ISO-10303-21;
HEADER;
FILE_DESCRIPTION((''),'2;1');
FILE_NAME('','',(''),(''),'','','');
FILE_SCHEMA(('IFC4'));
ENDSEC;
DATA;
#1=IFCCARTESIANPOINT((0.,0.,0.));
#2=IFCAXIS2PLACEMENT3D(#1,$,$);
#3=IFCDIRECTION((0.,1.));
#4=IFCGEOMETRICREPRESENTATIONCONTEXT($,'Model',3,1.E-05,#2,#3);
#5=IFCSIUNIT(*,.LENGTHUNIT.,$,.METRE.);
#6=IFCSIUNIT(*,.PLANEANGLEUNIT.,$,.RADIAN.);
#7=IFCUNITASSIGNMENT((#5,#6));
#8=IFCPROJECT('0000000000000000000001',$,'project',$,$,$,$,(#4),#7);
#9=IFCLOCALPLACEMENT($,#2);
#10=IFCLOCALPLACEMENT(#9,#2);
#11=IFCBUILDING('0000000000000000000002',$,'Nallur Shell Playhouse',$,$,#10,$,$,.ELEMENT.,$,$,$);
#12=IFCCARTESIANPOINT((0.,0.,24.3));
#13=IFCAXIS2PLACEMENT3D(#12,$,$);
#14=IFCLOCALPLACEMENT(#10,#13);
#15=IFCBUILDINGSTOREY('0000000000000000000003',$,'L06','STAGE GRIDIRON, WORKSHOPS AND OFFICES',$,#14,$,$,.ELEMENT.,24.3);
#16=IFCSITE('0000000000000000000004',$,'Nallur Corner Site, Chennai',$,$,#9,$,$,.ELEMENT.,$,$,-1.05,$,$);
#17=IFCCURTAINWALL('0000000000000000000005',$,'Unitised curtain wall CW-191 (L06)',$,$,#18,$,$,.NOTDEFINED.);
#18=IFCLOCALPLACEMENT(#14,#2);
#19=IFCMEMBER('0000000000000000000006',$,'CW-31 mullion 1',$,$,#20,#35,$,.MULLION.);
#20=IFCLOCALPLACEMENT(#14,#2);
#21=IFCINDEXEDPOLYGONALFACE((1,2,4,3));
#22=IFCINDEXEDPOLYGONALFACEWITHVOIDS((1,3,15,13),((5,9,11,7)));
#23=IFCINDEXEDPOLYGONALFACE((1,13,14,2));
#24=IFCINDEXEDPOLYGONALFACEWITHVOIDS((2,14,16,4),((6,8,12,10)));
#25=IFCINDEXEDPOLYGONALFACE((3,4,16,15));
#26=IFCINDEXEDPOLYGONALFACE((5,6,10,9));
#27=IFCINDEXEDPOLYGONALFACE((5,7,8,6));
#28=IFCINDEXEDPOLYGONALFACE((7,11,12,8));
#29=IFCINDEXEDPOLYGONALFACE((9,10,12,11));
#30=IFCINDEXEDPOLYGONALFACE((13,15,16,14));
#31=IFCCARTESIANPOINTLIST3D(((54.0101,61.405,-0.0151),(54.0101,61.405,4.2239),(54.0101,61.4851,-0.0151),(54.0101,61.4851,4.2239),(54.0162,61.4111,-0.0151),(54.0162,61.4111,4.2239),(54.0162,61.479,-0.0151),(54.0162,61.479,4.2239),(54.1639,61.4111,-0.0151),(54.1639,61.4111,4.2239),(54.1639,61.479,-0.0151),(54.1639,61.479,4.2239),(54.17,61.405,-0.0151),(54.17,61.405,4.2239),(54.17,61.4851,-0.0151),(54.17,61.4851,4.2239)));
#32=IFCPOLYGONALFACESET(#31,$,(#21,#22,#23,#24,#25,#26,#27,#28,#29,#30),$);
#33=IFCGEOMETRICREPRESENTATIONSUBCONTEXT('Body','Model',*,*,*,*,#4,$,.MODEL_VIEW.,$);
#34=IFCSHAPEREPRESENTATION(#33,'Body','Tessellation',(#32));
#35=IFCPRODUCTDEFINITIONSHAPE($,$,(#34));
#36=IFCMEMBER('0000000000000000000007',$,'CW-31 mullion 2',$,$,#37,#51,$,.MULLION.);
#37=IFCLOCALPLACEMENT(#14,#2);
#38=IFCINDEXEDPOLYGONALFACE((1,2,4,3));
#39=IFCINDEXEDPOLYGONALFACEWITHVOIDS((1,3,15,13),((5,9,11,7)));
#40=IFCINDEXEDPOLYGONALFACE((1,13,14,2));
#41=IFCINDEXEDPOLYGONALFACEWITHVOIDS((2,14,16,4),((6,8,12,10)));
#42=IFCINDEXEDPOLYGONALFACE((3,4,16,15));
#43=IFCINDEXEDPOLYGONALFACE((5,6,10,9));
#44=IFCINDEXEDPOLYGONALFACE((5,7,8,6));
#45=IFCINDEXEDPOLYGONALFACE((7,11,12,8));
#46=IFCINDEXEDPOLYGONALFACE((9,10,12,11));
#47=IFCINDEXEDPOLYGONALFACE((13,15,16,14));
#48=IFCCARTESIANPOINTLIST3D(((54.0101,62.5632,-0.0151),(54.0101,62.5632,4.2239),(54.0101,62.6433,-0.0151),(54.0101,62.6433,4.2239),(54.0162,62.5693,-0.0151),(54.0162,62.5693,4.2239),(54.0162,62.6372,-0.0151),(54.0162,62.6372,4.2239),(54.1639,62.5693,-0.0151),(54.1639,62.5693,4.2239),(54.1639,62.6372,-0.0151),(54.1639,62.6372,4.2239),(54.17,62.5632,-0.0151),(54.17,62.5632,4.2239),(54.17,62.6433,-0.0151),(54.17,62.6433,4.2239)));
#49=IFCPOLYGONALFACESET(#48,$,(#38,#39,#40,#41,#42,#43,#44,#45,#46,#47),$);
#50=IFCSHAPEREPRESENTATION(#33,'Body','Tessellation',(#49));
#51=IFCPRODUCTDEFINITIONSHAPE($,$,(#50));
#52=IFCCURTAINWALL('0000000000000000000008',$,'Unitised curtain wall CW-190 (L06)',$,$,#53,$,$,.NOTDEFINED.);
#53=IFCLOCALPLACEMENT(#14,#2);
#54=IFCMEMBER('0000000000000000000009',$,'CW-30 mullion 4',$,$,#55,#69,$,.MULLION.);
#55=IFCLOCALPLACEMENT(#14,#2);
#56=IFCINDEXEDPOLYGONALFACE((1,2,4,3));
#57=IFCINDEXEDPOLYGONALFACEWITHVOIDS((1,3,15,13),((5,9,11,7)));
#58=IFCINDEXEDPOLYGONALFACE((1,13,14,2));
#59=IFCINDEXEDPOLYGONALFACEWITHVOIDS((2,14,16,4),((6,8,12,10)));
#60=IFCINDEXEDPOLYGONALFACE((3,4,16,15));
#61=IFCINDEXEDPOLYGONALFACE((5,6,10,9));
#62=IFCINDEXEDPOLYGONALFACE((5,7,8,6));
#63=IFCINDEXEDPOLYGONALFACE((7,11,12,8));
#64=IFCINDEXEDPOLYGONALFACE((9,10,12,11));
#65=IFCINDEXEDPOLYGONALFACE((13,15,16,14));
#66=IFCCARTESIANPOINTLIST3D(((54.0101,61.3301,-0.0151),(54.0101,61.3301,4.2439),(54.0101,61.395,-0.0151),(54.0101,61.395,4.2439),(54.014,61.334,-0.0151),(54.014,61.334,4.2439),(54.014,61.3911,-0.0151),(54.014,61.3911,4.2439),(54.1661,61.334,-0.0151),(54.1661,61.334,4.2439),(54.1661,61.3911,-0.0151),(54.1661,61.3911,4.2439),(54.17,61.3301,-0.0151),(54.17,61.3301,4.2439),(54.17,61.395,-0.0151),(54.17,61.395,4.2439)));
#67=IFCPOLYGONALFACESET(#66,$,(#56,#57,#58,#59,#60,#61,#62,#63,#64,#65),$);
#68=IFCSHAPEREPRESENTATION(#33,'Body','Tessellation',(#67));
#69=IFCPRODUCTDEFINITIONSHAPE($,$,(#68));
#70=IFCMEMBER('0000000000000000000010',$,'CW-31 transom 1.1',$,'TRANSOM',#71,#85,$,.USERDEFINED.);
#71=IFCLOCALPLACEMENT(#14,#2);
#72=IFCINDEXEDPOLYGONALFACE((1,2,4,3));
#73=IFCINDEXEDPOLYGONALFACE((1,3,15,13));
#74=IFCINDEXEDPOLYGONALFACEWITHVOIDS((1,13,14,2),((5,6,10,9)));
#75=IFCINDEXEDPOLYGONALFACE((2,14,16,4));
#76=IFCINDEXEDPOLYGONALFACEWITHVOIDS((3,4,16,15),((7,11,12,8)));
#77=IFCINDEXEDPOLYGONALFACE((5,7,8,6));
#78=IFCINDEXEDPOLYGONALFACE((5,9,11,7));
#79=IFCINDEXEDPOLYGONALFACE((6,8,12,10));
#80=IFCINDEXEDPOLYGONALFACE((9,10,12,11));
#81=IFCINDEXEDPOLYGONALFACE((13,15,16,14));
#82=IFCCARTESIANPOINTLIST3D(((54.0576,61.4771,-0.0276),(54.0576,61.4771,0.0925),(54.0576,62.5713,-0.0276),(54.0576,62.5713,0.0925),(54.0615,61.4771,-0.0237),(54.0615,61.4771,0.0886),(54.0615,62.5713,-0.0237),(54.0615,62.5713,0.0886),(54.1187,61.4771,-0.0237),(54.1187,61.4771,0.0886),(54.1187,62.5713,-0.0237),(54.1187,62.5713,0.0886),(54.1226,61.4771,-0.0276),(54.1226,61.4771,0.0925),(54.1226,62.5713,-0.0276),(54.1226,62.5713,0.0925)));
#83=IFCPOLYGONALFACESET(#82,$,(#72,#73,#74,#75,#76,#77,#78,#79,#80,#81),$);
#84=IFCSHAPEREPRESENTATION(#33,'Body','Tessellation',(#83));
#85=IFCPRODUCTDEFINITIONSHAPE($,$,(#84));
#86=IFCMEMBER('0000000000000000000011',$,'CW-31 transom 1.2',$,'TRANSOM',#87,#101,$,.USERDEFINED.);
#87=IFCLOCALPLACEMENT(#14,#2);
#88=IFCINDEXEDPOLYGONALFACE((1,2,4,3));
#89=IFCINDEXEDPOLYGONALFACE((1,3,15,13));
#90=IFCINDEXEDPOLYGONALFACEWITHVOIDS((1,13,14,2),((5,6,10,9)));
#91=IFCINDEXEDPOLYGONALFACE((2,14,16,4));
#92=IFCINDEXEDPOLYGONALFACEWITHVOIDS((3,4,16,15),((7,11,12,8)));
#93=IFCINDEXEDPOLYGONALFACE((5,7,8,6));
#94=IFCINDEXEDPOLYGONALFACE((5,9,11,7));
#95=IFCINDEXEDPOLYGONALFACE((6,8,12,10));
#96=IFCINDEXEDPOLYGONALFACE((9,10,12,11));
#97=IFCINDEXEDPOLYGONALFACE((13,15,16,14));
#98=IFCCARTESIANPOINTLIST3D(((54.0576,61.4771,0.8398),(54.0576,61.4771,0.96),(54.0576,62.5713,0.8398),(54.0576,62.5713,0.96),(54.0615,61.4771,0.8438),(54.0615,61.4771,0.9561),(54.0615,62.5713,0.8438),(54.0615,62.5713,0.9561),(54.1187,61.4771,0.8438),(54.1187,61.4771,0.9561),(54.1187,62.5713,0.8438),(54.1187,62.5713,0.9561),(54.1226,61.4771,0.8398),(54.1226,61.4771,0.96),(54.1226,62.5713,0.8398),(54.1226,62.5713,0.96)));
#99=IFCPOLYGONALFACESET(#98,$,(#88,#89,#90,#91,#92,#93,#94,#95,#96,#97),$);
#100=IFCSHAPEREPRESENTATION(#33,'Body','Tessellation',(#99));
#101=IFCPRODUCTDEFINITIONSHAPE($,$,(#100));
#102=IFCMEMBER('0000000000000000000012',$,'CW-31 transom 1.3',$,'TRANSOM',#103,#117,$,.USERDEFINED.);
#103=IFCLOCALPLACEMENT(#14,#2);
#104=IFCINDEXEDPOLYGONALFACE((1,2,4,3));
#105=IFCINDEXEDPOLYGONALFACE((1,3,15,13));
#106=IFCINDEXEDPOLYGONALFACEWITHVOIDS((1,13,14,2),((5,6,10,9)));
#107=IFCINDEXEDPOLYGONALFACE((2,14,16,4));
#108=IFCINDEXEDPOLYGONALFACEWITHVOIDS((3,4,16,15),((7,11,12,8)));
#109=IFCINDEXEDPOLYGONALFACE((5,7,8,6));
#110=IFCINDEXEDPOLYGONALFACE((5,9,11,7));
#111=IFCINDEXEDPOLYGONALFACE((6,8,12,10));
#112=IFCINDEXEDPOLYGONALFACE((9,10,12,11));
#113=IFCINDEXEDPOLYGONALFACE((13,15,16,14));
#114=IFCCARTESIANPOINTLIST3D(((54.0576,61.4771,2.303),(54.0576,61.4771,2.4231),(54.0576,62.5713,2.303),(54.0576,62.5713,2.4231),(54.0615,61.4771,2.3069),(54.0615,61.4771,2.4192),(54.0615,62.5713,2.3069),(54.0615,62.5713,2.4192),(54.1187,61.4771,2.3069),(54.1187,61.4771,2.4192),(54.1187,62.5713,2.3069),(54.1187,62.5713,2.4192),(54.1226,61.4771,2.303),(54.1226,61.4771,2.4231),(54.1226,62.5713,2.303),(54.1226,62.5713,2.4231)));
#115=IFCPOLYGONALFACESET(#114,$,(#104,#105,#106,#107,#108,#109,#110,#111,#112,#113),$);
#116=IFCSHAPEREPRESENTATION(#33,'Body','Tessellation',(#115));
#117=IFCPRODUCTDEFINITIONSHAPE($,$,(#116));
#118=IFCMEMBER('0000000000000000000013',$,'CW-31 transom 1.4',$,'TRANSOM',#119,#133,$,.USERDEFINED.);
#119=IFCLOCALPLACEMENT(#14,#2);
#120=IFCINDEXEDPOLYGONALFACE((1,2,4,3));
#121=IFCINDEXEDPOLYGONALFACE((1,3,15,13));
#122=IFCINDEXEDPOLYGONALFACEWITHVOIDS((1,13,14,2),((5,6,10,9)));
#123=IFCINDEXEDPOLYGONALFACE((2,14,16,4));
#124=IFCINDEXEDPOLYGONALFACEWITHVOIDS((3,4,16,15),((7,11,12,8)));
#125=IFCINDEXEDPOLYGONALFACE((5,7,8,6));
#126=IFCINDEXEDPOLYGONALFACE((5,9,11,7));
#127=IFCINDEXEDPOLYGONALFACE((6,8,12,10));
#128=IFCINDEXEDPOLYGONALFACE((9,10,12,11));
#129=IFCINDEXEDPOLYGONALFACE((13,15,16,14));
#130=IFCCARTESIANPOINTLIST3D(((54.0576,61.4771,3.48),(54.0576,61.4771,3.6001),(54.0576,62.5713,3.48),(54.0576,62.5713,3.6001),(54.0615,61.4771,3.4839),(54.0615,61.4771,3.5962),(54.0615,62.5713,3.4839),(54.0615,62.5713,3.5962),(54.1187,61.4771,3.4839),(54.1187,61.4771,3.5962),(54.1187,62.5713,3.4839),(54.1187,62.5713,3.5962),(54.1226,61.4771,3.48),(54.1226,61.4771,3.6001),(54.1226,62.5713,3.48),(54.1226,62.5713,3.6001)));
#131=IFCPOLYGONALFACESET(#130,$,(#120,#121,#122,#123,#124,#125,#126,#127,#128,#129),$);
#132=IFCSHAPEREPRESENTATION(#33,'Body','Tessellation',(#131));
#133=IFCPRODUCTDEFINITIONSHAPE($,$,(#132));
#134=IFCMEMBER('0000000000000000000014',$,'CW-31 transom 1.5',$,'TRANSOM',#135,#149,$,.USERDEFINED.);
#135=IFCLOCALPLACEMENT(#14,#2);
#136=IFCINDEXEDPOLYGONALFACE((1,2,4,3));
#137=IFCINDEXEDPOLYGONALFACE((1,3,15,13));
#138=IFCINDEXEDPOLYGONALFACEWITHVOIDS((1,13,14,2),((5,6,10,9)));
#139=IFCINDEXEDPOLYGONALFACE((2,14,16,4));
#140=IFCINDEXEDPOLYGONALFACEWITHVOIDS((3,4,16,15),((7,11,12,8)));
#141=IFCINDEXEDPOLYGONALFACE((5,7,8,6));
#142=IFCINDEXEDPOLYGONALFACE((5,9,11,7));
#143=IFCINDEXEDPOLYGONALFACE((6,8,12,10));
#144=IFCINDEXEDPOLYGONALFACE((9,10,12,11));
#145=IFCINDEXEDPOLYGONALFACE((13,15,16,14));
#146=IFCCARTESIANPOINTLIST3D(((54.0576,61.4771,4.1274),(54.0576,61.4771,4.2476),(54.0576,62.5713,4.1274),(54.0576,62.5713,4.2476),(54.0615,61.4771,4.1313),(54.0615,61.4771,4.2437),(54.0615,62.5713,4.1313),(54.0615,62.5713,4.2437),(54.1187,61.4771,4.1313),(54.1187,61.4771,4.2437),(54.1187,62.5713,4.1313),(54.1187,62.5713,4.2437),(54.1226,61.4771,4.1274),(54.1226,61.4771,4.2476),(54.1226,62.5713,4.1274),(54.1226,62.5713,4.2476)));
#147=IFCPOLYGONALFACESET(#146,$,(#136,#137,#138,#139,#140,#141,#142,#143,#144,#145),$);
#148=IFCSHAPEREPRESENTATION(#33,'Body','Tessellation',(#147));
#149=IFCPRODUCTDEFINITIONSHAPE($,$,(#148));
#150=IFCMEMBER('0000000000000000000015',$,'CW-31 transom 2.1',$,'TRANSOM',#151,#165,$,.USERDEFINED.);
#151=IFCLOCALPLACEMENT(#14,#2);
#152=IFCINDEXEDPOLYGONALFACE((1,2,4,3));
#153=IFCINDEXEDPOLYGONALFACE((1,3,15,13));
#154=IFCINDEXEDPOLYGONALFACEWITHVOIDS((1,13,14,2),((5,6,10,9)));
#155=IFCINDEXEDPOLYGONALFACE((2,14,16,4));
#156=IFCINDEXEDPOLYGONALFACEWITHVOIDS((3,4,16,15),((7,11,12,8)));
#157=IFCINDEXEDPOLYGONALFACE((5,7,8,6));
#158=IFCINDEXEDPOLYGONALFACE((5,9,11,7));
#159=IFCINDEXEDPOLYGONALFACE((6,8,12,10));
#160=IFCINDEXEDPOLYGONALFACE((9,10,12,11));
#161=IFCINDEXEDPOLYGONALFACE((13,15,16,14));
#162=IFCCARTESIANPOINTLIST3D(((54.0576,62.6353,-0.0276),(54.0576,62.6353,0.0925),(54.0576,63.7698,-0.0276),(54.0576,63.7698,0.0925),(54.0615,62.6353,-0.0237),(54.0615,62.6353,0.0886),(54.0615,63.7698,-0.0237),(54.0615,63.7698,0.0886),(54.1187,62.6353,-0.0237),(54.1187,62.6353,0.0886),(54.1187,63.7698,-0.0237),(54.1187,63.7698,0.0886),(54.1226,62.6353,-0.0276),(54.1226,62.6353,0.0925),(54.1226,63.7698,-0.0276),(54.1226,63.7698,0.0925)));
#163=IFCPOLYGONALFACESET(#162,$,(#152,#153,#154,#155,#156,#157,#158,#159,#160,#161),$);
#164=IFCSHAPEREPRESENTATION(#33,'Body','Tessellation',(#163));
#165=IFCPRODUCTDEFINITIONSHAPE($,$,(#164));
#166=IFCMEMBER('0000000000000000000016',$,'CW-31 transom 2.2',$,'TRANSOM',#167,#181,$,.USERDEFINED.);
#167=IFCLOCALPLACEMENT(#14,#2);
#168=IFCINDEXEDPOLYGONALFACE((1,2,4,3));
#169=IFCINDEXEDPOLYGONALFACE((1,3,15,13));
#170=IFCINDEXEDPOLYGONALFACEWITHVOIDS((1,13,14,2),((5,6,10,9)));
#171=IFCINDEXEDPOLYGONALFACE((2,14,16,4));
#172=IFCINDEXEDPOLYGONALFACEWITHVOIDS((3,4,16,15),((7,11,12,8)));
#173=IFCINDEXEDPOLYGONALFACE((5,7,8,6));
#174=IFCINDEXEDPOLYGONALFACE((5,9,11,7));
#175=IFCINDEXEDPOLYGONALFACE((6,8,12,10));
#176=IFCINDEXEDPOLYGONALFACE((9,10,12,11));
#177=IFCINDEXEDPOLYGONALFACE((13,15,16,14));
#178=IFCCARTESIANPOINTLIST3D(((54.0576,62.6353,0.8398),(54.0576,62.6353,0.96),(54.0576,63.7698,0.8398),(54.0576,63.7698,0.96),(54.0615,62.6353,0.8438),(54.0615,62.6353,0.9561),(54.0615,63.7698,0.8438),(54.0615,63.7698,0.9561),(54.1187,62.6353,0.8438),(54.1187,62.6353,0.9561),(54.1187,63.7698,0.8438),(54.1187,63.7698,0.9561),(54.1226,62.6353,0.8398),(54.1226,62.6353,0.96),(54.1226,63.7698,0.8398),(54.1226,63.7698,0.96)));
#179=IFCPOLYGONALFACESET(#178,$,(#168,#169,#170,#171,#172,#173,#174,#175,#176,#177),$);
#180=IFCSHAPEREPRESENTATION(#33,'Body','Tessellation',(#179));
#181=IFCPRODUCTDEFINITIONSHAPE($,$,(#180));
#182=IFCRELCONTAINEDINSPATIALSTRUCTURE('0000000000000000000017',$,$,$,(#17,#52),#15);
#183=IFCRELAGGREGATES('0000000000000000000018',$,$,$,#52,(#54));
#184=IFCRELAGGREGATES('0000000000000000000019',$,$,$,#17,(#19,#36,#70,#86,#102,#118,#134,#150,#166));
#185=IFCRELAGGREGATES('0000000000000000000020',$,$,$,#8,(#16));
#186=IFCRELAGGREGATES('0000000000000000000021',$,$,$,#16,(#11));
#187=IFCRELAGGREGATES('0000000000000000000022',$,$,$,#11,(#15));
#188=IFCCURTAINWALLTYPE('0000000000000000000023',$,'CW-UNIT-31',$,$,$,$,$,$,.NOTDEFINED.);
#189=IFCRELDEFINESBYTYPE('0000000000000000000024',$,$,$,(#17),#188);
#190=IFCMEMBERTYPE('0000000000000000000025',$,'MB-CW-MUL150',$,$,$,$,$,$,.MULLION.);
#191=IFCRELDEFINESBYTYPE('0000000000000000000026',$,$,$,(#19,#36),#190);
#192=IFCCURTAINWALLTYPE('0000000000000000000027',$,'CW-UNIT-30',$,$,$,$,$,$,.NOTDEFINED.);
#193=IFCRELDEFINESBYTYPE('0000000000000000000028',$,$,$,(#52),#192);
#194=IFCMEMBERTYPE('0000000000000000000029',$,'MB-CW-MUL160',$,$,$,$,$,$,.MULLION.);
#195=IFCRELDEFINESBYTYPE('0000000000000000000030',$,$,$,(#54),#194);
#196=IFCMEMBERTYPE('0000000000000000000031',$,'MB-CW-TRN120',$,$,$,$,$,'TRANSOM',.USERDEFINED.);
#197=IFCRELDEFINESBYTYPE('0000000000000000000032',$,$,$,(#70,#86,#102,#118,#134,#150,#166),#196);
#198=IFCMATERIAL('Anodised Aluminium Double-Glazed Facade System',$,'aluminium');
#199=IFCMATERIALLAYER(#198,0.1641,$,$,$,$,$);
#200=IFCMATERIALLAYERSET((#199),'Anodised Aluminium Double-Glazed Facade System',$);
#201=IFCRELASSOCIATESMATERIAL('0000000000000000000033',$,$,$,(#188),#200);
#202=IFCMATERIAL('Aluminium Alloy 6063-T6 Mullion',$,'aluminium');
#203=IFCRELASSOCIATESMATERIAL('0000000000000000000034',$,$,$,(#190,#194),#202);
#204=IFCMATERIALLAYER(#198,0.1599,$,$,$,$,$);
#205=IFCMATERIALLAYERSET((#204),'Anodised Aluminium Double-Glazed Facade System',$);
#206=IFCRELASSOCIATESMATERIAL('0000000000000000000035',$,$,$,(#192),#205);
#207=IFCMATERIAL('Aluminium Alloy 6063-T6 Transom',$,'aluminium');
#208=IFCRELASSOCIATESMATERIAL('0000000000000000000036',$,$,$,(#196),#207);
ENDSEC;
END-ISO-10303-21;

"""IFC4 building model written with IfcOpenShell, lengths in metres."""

from ifc_helpers import new_model, si_unit, direction, frame, origin, origin_2d, place, context, subcontext, project, spatial, hollow_rectangle, extrude, material, layer, layer_set, material_profile, profile_set, type_object, element, aggregate, save


model = new_model("IFC4")

# Units and contexts
model_context = context("Model", 3, precision=1e-05, world=origin(), true_north=direction((0.0, 1.0)))
body_context = subcontext(model_context, "Body", "Model", "MODEL_VIEW")
ifc_project = project(units=[si_unit("LENGTHUNIT", "METRE"), si_unit("PLANEANGLEUNIT", "RADIAN")], contexts=[model_context])

# Site, building, storey
site_placement = place(None, origin())
site = spatial("IfcSite", under=ifc_project, at=site_placement, Name="Nallur Corner Site, Chennai", CompositionType="ELEMENT", RefElevation=-1.05)
building_placement = place(site_placement, origin())
building = spatial("IfcBuilding", under=site, at=building_placement, Name="Nallur Shell Playhouse", CompositionType="ELEMENT")
storey_placement = place(building_placement, frame((0.0, 0.0, 24.3)))
storey = spatial("IfcBuildingStorey", under=building, at=storey_placement, Name="L06", Description="STAGE GRIDIRON, WORKSHOPS AND OFFICES", CompositionType="ELEMENT", Elevation=24.3)

# Curtain wall, members
ifc_material_1 = material(Name="Anodised Aluminium Double-Glazed Facade System", Category="aluminium")
ifc_layer_1 = layer(ifc_material_1, 0.1641)
ifc_layer_set_1 = layer_set([ifc_layer_1], Name="Anodised Aluminium Double-Glazed Facade System")
curtain_wall_type_1 = type_object("IfcCurtainWallType", Name="CW-UNIT-31", PredefinedType="NOTDEFINED", material=ifc_layer_set_1)
curtain_wall_1_placement = place(storey_placement, origin())
curtain_wall_1 = element("IfcCurtainWall", 1, at=curtain_wall_1_placement, inside=storey, type_object=curtain_wall_type_1, Name="Unitised curtain wall CW-191 (L06)", PredefinedType="NOTDEFINED")
ifc_material_2 = material(Name="Aluminium Alloy 6063-T6 Mullion", Category="aluminium")
ifc_material_profile_1 = material_profile(ifc_material_2, hollow_rectangle(XDim=0.0801, YDim=0.1599, WallThickness=0.0061, at=origin_2d()), Name="RHS 160x80x6")
ifc_profile_set_1 = profile_set([ifc_material_profile_1], Name="Aluminium Alloy 6063-T6 Mullion")
member_type_1 = type_object("IfcMemberType", Name="MB-CW-MUL150", PredefinedType="MULLION", material=ifc_profile_set_1)
member_1_placement = place(storey_placement, frame((54.0901, 61.4451, -0.0151), z_axis=(0.0, 0.0, 1.0), x_axis=(0.0, 1.0, 0.0)))
member_1 = element("IfcMember", 2, at=member_1_placement, type_object=member_type_1, Name="CW-31 mullion 1", PredefinedType="MULLION", context=body_context, shape_type="SweptSolid", body=[
    extrude(hollow_rectangle(XDim=0.0801, YDim=0.1599, WallThickness=0.0061, at=origin_2d()), origin(), (0.0, 0.0, 1.0), 4.239),
])
member_2_placement = place(storey_placement, frame((54.0901, 62.6033, -0.0151), z_axis=(0.0, 0.0, 1.0), x_axis=(0.0, 1.0, 0.0)))
member_2 = element("IfcMember", 3, at=member_2_placement, type_object=member_type_1, Name="CW-31 mullion 2", PredefinedType="MULLION", context=body_context, shape_type="SweptSolid", body=[
    extrude(hollow_rectangle(XDim=0.0801, YDim=0.1599, WallThickness=0.0061, at=origin_2d()), origin(), (0.0, 0.0, 1.0), 4.239),
])

# Curtain wall, member
ifc_layer_2 = layer(ifc_material_1, 0.1599)
ifc_layer_set_2 = layer_set([ifc_layer_2], Name="Anodised Aluminium Double-Glazed Facade System")
curtain_wall_type_2 = type_object("IfcCurtainWallType", Name="CW-UNIT-30", PredefinedType="NOTDEFINED", material=ifc_layer_set_2)
curtain_wall_2_placement = place(storey_placement, origin())
curtain_wall_2 = element("IfcCurtainWall", 4, at=curtain_wall_2_placement, inside=storey, type_object=curtain_wall_type_2, Name="Unitised curtain wall CW-190 (L06)", PredefinedType="NOTDEFINED")
ifc_material_profile_2 = material_profile(ifc_material_2, hollow_rectangle(XDim=0.0649, YDim=0.1599, WallThickness=0.0039, at=origin_2d()), Name="ALU 65x160x4")
ifc_profile_set_2 = profile_set([ifc_material_profile_2], Name="Aluminium Alloy 6063-T6 Mullion")
member_type_2 = type_object("IfcMemberType", Name="MB-CW-MUL160", PredefinedType="MULLION", material=ifc_profile_set_2)
member_3_placement = place(storey_placement, frame((54.0901, 61.3625, -0.0151), z_axis=(0.0, 0.0, 1.0), x_axis=(0.0, 1.0, 0.0)))
member_3 = element("IfcMember", 5, at=member_3_placement, type_object=member_type_2, Name="CW-30 mullion 4", PredefinedType="MULLION", context=body_context, shape_type="SweptSolid", body=[
    extrude(hollow_rectangle(XDim=0.0649, YDim=0.1599, WallThickness=0.0039, at=origin_2d()), origin(), (0.0, 0.0, 1.0), 4.259),
])

# Members
ifc_material_3 = material(Name="Aluminium Alloy 6063-T6 Transom", Category="aluminium")
ifc_material_profile_3 = material_profile(ifc_material_3, hollow_rectangle(XDim=0.0649, YDim=0.1201, WallThickness=0.0039, at=origin_2d()), Name="ALU 65x120x4")
ifc_profile_set_3 = profile_set([ifc_material_profile_3], Name="Aluminium Alloy 6063-T6 Transom")
member_type_3 = type_object("IfcMemberType", Name="MB-CW-TRN120", ElementType="TRANSOM", PredefinedType="USERDEFINED", material=ifc_profile_set_3)
member_4_placement = place(storey_placement, frame((54.0901, 61.4771, 0.0325), z_axis=(0.0, 1.0, 0.0), x_axis=(-1.0, 0.0, 0.0)))
member_4 = element("IfcMember", 6, at=member_4_placement, type_object=member_type_3, Name="CW-31 transom 1.1", ObjectType="TRANSOM", PredefinedType="USERDEFINED", context=body_context, shape_type="SweptSolid", body=[
    extrude(hollow_rectangle(XDim=0.0649, YDim=0.1201, WallThickness=0.0039, at=origin_2d()), origin(), (0.0, 0.0, 1.0), 1.0942),
])
member_5_placement = place(storey_placement, frame((54.0901, 61.4771, 0.8999), z_axis=(0.0, 1.0, 0.0), x_axis=(-1.0, 0.0, 0.0)))
member_5 = element("IfcMember", 7, at=member_5_placement, type_object=member_type_3, Name="CW-31 transom 1.2", ObjectType="TRANSOM", PredefinedType="USERDEFINED", context=body_context, shape_type="SweptSolid", body=[
    extrude(hollow_rectangle(XDim=0.0649, YDim=0.1201, WallThickness=0.0039, at=origin_2d()), origin(), (0.0, 0.0, 1.0), 1.0942),
])
member_6_placement = place(storey_placement, frame((54.0901, 61.4771, 2.363), z_axis=(0.0, 1.0, 0.0), x_axis=(-1.0, 0.0, 0.0)))
member_6 = element("IfcMember", 8, at=member_6_placement, type_object=member_type_3, Name="CW-31 transom 1.3", ObjectType="TRANSOM", PredefinedType="USERDEFINED", context=body_context, shape_type="SweptSolid", body=[
    extrude(hollow_rectangle(XDim=0.0649, YDim=0.1201, WallThickness=0.0039, at=origin_2d()), origin(), (0.0, 0.0, 1.0), 1.0942),
])
member_7_placement = place(storey_placement, frame((54.0901, 61.4771, 3.54), z_axis=(0.0, 1.0, 0.0), x_axis=(-1.0, 0.0, 0.0)))
member_7 = element("IfcMember", 9, at=member_7_placement, type_object=member_type_3, Name="CW-31 transom 1.4", ObjectType="TRANSOM", PredefinedType="USERDEFINED", context=body_context, shape_type="SweptSolid", body=[
    extrude(hollow_rectangle(XDim=0.0649, YDim=0.1201, WallThickness=0.0039, at=origin_2d()), origin(), (0.0, 0.0, 1.0), 1.0942),
])
member_8_placement = place(storey_placement, frame((54.0901, 61.4771, 4.1875), z_axis=(0.0, 1.0, 0.0), x_axis=(-1.0, 0.0, 0.0)))
member_8 = element("IfcMember", 10, at=member_8_placement, type_object=member_type_3, Name="CW-31 transom 1.5", ObjectType="TRANSOM", PredefinedType="USERDEFINED", context=body_context, shape_type="SweptSolid", body=[
    extrude(hollow_rectangle(XDim=0.0649, YDim=0.1201, WallThickness=0.0039, at=origin_2d()), origin(), (0.0, 0.0, 1.0), 1.0942),
])
member_9_placement = place(storey_placement, frame((54.0901, 62.6353, 0.0325), z_axis=(0.0, 1.0, 0.0), x_axis=(-1.0, 0.0, 0.0)))
member_9 = element("IfcMember", 11, at=member_9_placement, type_object=member_type_3, Name="CW-31 transom 2.1", ObjectType="TRANSOM", PredefinedType="USERDEFINED", context=body_context, shape_type="SweptSolid", body=[
    extrude(hollow_rectangle(XDim=0.0649, YDim=0.1201, WallThickness=0.0039, at=origin_2d()), origin(), (0.0, 0.0, 1.0), 1.1345),
])
member_10_placement = place(storey_placement, frame((54.0901, 62.6353, 0.8999), z_axis=(0.0, 1.0, 0.0), x_axis=(-1.0, 0.0, 0.0)))
member_10 = element("IfcMember", 12, at=member_10_placement, type_object=member_type_3, Name="CW-31 transom 2.2", ObjectType="TRANSOM", PredefinedType="USERDEFINED", context=body_context, shape_type="SweptSolid", body=[
    extrude(hollow_rectangle(XDim=0.0649, YDim=0.1201, WallThickness=0.0039, at=origin_2d()), origin(), (0.0, 0.0, 1.0), 1.1345),
])

aggregate(curtain_wall_2, [member_3])
aggregate(curtain_wall_1, [member_1, member_2, member_4, member_5, member_6, member_7, member_8, member_9, member_10])

save(model, "model.ifc")
